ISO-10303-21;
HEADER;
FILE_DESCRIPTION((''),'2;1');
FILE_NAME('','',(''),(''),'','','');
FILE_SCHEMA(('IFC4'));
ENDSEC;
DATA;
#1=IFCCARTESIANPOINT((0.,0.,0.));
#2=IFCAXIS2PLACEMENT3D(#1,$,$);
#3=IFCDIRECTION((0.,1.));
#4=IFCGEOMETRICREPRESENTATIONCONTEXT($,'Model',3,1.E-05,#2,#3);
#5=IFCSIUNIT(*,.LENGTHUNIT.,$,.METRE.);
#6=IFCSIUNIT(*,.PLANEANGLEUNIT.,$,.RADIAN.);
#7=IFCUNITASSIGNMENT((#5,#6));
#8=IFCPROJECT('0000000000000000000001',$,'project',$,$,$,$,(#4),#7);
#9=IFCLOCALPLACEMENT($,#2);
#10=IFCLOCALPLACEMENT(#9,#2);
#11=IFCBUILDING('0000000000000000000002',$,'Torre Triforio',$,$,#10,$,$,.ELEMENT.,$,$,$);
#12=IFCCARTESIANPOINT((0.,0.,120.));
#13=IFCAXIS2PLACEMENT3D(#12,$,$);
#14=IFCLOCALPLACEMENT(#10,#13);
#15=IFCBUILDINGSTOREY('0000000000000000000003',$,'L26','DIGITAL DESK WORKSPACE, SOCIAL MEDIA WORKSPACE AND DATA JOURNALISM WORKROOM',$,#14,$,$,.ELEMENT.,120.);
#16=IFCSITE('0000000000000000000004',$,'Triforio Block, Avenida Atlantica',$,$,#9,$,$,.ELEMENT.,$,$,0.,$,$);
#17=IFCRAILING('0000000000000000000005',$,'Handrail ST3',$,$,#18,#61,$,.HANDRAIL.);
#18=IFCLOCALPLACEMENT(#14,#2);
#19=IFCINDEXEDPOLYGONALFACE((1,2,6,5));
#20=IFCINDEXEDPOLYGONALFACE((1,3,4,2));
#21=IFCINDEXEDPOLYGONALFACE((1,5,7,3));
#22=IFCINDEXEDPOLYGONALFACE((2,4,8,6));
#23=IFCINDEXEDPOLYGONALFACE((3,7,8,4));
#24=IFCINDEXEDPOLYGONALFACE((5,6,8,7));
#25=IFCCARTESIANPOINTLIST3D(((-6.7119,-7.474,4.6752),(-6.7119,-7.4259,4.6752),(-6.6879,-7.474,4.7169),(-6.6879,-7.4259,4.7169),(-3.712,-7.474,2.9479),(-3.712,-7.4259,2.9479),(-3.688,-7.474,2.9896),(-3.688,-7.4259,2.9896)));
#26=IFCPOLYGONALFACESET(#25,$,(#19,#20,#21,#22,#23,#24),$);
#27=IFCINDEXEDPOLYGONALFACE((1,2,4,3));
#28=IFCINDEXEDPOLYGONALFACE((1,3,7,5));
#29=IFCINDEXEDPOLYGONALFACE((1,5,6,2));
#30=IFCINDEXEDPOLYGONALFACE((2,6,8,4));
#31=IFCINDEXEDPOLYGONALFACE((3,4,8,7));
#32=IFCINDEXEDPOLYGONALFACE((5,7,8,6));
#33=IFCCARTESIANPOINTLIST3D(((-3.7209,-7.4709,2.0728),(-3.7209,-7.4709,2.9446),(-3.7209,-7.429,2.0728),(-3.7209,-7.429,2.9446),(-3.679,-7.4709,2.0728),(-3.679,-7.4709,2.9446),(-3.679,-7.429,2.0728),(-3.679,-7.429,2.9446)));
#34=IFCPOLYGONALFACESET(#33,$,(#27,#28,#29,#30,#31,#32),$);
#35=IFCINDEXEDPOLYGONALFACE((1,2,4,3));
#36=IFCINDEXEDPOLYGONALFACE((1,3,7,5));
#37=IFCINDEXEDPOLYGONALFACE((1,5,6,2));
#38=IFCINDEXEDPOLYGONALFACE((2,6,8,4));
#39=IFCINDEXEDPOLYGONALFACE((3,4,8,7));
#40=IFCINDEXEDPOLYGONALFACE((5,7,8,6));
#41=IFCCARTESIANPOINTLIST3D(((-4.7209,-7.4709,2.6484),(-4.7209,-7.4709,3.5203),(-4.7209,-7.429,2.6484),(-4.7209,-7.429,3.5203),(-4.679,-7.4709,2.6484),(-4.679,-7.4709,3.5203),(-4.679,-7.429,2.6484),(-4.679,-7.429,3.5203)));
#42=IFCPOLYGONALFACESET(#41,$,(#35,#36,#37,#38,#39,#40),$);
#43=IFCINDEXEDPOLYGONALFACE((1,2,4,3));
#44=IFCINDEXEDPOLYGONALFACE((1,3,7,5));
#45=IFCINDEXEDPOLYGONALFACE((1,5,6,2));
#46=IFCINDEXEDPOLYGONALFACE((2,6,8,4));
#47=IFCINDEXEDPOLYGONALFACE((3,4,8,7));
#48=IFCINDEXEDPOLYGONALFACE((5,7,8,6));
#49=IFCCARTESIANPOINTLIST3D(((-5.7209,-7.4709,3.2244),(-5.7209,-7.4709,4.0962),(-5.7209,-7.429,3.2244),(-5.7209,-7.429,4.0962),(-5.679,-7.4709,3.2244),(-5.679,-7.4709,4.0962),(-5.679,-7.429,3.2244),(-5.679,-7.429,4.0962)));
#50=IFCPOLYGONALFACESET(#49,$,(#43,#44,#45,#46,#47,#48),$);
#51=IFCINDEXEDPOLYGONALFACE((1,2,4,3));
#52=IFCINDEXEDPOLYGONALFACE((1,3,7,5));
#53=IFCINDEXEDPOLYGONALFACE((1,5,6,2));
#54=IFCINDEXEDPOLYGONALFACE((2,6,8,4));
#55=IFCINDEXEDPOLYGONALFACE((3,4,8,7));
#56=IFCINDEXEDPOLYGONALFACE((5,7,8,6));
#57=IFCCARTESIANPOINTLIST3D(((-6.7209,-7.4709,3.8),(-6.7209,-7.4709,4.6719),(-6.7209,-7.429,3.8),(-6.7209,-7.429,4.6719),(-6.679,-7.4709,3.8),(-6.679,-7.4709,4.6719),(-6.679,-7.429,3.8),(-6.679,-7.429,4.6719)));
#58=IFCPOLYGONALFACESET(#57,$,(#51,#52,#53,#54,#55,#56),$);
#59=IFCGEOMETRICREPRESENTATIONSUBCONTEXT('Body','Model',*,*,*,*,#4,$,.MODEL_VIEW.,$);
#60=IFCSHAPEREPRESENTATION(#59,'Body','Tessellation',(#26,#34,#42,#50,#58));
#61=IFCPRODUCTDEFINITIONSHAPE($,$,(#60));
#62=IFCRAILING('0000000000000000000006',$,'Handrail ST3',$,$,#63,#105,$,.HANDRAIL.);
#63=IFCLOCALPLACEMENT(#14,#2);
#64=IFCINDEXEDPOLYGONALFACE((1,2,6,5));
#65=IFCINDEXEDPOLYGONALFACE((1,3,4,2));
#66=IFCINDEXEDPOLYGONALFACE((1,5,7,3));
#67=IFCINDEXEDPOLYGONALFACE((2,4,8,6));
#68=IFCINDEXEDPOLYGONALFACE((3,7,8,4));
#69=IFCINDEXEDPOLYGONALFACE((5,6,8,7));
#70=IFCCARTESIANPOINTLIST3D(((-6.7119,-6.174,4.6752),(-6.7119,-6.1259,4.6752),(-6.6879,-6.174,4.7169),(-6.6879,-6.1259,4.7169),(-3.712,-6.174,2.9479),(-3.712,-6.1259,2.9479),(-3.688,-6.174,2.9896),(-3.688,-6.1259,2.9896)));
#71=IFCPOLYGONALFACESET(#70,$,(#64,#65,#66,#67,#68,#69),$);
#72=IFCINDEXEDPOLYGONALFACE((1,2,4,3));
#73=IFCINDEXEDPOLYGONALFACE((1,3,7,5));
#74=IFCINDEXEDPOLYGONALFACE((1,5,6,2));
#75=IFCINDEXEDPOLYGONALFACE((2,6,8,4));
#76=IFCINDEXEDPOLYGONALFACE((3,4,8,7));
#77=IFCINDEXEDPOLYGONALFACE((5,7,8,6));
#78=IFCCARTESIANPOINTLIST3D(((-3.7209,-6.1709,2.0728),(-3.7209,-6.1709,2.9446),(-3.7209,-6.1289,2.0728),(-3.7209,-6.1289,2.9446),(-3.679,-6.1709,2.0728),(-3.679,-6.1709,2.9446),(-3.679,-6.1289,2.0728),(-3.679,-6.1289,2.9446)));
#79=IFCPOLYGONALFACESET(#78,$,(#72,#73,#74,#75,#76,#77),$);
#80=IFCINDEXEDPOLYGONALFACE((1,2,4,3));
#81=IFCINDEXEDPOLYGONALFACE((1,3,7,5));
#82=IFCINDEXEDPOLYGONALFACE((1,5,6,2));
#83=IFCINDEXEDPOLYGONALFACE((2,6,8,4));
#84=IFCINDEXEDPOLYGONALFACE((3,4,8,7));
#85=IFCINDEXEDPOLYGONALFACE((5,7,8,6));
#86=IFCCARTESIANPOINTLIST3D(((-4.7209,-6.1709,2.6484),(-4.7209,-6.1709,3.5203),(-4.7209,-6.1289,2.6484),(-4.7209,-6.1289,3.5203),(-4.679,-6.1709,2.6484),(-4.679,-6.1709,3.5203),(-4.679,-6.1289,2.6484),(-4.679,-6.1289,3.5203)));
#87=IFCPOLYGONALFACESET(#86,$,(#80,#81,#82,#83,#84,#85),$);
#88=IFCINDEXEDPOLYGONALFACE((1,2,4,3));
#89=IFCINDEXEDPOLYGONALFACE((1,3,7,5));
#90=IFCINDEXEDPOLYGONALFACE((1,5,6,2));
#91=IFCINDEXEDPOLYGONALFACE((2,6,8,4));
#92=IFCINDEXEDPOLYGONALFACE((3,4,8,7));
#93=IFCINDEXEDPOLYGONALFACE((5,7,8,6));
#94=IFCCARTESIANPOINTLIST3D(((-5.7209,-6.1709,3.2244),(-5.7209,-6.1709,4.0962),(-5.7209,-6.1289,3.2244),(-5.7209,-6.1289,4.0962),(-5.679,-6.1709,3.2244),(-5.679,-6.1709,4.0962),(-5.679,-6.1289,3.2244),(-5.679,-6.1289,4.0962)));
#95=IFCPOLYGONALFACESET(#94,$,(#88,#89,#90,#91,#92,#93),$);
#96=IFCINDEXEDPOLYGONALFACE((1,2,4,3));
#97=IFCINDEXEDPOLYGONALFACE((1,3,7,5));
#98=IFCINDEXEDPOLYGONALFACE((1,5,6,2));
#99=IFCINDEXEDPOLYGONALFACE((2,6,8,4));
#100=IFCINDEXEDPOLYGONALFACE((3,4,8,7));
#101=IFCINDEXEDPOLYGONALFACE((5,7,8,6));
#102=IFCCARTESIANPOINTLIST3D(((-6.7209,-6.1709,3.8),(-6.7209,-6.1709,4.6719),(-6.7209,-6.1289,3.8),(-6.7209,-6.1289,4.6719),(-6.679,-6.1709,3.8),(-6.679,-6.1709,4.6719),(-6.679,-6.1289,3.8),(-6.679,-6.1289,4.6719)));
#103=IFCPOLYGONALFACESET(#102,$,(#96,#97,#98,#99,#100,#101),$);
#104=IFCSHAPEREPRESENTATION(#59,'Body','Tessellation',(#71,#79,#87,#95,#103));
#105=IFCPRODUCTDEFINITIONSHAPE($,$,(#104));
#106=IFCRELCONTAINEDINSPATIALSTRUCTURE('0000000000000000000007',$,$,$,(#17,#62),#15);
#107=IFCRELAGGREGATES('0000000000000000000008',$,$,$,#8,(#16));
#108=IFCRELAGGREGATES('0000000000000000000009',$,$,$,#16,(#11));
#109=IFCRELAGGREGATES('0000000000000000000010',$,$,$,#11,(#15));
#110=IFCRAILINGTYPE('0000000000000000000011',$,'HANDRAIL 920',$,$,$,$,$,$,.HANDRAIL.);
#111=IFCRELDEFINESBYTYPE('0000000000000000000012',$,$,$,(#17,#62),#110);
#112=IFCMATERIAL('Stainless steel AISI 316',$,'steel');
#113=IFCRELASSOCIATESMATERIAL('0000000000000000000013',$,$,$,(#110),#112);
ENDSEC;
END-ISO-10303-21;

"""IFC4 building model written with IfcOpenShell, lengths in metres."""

from ifc_helpers import new_model, si_unit, direction, frame, origin, origin_2d, place, context, subcontext, project, spatial, rectangle, extrude, material, type_object, element, save


model = new_model("IFC4")

# Units and contexts
model_context = context("Model", 3, precision=1e-05, world=origin(), true_north=direction((0.0, 1.0)))
body_context = subcontext(model_context, "Body", "Model", "MODEL_VIEW")
ifc_project = project(units=[si_unit("LENGTHUNIT", "METRE"), si_unit("PLANEANGLEUNIT", "RADIAN")], contexts=[model_context])

# Site, building, storey
site_placement = place(None, origin())
site = spatial("IfcSite", under=ifc_project, at=site_placement, Name="Triforio Block, Avenida Atlantica", CompositionType="ELEMENT", RefElevation=0.0)
building_placement = place(site_placement, origin())
building = spatial("IfcBuilding", under=site, at=building_placement, Name="Torre Triforio", CompositionType="ELEMENT")
storey_placement = place(building_placement, frame((0.0, 0.0, 120.0)))
storey = spatial("IfcBuildingStorey", under=building, at=storey_placement, Name="L26", Description="DIGITAL DESK WORKSPACE, SOCIAL MEDIA WORKSPACE AND DATA JOURNALISM WORKROOM", CompositionType="ELEMENT", Elevation=120.0)

# Railings
ifc_material_1 = material(Name="Stainless steel AISI 316", Category="steel")
railing_type = type_object("IfcRailingType", Name="HANDRAIL 920", PredefinedType="HANDRAIL", material=ifc_material_1)
for number, where, name in (
    (1, (-3.7, -7.45, 2.0728), "Handrail ST3"),
    (2, (-3.7, -6.1499, 2.0728), "Handrail ST3"),
):
    element("IfcRailing", number, at=place(storey_placement, frame(where)), inside=storey, type_object=railing_type, Name=name, PredefinedType="HANDRAIL", context=body_context, shape_type="SweptSolid", body=[
        extrude(rectangle(XDim=0.0481, YDim=0.0481, at=origin_2d()), frame((0.0, 0.0, 0.896), z_axis=(-0.86662, 0.0, 0.498969), x_axis=(0.0, -1.0, 0.0)), (0.0, 0.0, 1.0), 3.4617),
        extrude(rectangle(XDim=0.042, YDim=0.042, at=origin_2d()), origin(), (0.0, 0.0, 1.0), 0.8718),
        extrude(rectangle(XDim=0.042, YDim=0.042, at=origin_2d()), frame((-1.0, 0.0, 0.5757)), (0.0, 0.0, 1.0), 0.8718),
        extrude(rectangle(XDim=0.042, YDim=0.042, at=origin_2d()), frame((-2.0, 0.0, 1.1516)), (0.0, 0.0, 1.0), 0.8718),
        extrude(rectangle(XDim=0.042, YDim=0.042, at=origin_2d()), frame((-3.0, 0.0, 1.7273)), (0.0, 0.0, 1.0), 0.8718),
    ])

save(model, "model.ifc")
